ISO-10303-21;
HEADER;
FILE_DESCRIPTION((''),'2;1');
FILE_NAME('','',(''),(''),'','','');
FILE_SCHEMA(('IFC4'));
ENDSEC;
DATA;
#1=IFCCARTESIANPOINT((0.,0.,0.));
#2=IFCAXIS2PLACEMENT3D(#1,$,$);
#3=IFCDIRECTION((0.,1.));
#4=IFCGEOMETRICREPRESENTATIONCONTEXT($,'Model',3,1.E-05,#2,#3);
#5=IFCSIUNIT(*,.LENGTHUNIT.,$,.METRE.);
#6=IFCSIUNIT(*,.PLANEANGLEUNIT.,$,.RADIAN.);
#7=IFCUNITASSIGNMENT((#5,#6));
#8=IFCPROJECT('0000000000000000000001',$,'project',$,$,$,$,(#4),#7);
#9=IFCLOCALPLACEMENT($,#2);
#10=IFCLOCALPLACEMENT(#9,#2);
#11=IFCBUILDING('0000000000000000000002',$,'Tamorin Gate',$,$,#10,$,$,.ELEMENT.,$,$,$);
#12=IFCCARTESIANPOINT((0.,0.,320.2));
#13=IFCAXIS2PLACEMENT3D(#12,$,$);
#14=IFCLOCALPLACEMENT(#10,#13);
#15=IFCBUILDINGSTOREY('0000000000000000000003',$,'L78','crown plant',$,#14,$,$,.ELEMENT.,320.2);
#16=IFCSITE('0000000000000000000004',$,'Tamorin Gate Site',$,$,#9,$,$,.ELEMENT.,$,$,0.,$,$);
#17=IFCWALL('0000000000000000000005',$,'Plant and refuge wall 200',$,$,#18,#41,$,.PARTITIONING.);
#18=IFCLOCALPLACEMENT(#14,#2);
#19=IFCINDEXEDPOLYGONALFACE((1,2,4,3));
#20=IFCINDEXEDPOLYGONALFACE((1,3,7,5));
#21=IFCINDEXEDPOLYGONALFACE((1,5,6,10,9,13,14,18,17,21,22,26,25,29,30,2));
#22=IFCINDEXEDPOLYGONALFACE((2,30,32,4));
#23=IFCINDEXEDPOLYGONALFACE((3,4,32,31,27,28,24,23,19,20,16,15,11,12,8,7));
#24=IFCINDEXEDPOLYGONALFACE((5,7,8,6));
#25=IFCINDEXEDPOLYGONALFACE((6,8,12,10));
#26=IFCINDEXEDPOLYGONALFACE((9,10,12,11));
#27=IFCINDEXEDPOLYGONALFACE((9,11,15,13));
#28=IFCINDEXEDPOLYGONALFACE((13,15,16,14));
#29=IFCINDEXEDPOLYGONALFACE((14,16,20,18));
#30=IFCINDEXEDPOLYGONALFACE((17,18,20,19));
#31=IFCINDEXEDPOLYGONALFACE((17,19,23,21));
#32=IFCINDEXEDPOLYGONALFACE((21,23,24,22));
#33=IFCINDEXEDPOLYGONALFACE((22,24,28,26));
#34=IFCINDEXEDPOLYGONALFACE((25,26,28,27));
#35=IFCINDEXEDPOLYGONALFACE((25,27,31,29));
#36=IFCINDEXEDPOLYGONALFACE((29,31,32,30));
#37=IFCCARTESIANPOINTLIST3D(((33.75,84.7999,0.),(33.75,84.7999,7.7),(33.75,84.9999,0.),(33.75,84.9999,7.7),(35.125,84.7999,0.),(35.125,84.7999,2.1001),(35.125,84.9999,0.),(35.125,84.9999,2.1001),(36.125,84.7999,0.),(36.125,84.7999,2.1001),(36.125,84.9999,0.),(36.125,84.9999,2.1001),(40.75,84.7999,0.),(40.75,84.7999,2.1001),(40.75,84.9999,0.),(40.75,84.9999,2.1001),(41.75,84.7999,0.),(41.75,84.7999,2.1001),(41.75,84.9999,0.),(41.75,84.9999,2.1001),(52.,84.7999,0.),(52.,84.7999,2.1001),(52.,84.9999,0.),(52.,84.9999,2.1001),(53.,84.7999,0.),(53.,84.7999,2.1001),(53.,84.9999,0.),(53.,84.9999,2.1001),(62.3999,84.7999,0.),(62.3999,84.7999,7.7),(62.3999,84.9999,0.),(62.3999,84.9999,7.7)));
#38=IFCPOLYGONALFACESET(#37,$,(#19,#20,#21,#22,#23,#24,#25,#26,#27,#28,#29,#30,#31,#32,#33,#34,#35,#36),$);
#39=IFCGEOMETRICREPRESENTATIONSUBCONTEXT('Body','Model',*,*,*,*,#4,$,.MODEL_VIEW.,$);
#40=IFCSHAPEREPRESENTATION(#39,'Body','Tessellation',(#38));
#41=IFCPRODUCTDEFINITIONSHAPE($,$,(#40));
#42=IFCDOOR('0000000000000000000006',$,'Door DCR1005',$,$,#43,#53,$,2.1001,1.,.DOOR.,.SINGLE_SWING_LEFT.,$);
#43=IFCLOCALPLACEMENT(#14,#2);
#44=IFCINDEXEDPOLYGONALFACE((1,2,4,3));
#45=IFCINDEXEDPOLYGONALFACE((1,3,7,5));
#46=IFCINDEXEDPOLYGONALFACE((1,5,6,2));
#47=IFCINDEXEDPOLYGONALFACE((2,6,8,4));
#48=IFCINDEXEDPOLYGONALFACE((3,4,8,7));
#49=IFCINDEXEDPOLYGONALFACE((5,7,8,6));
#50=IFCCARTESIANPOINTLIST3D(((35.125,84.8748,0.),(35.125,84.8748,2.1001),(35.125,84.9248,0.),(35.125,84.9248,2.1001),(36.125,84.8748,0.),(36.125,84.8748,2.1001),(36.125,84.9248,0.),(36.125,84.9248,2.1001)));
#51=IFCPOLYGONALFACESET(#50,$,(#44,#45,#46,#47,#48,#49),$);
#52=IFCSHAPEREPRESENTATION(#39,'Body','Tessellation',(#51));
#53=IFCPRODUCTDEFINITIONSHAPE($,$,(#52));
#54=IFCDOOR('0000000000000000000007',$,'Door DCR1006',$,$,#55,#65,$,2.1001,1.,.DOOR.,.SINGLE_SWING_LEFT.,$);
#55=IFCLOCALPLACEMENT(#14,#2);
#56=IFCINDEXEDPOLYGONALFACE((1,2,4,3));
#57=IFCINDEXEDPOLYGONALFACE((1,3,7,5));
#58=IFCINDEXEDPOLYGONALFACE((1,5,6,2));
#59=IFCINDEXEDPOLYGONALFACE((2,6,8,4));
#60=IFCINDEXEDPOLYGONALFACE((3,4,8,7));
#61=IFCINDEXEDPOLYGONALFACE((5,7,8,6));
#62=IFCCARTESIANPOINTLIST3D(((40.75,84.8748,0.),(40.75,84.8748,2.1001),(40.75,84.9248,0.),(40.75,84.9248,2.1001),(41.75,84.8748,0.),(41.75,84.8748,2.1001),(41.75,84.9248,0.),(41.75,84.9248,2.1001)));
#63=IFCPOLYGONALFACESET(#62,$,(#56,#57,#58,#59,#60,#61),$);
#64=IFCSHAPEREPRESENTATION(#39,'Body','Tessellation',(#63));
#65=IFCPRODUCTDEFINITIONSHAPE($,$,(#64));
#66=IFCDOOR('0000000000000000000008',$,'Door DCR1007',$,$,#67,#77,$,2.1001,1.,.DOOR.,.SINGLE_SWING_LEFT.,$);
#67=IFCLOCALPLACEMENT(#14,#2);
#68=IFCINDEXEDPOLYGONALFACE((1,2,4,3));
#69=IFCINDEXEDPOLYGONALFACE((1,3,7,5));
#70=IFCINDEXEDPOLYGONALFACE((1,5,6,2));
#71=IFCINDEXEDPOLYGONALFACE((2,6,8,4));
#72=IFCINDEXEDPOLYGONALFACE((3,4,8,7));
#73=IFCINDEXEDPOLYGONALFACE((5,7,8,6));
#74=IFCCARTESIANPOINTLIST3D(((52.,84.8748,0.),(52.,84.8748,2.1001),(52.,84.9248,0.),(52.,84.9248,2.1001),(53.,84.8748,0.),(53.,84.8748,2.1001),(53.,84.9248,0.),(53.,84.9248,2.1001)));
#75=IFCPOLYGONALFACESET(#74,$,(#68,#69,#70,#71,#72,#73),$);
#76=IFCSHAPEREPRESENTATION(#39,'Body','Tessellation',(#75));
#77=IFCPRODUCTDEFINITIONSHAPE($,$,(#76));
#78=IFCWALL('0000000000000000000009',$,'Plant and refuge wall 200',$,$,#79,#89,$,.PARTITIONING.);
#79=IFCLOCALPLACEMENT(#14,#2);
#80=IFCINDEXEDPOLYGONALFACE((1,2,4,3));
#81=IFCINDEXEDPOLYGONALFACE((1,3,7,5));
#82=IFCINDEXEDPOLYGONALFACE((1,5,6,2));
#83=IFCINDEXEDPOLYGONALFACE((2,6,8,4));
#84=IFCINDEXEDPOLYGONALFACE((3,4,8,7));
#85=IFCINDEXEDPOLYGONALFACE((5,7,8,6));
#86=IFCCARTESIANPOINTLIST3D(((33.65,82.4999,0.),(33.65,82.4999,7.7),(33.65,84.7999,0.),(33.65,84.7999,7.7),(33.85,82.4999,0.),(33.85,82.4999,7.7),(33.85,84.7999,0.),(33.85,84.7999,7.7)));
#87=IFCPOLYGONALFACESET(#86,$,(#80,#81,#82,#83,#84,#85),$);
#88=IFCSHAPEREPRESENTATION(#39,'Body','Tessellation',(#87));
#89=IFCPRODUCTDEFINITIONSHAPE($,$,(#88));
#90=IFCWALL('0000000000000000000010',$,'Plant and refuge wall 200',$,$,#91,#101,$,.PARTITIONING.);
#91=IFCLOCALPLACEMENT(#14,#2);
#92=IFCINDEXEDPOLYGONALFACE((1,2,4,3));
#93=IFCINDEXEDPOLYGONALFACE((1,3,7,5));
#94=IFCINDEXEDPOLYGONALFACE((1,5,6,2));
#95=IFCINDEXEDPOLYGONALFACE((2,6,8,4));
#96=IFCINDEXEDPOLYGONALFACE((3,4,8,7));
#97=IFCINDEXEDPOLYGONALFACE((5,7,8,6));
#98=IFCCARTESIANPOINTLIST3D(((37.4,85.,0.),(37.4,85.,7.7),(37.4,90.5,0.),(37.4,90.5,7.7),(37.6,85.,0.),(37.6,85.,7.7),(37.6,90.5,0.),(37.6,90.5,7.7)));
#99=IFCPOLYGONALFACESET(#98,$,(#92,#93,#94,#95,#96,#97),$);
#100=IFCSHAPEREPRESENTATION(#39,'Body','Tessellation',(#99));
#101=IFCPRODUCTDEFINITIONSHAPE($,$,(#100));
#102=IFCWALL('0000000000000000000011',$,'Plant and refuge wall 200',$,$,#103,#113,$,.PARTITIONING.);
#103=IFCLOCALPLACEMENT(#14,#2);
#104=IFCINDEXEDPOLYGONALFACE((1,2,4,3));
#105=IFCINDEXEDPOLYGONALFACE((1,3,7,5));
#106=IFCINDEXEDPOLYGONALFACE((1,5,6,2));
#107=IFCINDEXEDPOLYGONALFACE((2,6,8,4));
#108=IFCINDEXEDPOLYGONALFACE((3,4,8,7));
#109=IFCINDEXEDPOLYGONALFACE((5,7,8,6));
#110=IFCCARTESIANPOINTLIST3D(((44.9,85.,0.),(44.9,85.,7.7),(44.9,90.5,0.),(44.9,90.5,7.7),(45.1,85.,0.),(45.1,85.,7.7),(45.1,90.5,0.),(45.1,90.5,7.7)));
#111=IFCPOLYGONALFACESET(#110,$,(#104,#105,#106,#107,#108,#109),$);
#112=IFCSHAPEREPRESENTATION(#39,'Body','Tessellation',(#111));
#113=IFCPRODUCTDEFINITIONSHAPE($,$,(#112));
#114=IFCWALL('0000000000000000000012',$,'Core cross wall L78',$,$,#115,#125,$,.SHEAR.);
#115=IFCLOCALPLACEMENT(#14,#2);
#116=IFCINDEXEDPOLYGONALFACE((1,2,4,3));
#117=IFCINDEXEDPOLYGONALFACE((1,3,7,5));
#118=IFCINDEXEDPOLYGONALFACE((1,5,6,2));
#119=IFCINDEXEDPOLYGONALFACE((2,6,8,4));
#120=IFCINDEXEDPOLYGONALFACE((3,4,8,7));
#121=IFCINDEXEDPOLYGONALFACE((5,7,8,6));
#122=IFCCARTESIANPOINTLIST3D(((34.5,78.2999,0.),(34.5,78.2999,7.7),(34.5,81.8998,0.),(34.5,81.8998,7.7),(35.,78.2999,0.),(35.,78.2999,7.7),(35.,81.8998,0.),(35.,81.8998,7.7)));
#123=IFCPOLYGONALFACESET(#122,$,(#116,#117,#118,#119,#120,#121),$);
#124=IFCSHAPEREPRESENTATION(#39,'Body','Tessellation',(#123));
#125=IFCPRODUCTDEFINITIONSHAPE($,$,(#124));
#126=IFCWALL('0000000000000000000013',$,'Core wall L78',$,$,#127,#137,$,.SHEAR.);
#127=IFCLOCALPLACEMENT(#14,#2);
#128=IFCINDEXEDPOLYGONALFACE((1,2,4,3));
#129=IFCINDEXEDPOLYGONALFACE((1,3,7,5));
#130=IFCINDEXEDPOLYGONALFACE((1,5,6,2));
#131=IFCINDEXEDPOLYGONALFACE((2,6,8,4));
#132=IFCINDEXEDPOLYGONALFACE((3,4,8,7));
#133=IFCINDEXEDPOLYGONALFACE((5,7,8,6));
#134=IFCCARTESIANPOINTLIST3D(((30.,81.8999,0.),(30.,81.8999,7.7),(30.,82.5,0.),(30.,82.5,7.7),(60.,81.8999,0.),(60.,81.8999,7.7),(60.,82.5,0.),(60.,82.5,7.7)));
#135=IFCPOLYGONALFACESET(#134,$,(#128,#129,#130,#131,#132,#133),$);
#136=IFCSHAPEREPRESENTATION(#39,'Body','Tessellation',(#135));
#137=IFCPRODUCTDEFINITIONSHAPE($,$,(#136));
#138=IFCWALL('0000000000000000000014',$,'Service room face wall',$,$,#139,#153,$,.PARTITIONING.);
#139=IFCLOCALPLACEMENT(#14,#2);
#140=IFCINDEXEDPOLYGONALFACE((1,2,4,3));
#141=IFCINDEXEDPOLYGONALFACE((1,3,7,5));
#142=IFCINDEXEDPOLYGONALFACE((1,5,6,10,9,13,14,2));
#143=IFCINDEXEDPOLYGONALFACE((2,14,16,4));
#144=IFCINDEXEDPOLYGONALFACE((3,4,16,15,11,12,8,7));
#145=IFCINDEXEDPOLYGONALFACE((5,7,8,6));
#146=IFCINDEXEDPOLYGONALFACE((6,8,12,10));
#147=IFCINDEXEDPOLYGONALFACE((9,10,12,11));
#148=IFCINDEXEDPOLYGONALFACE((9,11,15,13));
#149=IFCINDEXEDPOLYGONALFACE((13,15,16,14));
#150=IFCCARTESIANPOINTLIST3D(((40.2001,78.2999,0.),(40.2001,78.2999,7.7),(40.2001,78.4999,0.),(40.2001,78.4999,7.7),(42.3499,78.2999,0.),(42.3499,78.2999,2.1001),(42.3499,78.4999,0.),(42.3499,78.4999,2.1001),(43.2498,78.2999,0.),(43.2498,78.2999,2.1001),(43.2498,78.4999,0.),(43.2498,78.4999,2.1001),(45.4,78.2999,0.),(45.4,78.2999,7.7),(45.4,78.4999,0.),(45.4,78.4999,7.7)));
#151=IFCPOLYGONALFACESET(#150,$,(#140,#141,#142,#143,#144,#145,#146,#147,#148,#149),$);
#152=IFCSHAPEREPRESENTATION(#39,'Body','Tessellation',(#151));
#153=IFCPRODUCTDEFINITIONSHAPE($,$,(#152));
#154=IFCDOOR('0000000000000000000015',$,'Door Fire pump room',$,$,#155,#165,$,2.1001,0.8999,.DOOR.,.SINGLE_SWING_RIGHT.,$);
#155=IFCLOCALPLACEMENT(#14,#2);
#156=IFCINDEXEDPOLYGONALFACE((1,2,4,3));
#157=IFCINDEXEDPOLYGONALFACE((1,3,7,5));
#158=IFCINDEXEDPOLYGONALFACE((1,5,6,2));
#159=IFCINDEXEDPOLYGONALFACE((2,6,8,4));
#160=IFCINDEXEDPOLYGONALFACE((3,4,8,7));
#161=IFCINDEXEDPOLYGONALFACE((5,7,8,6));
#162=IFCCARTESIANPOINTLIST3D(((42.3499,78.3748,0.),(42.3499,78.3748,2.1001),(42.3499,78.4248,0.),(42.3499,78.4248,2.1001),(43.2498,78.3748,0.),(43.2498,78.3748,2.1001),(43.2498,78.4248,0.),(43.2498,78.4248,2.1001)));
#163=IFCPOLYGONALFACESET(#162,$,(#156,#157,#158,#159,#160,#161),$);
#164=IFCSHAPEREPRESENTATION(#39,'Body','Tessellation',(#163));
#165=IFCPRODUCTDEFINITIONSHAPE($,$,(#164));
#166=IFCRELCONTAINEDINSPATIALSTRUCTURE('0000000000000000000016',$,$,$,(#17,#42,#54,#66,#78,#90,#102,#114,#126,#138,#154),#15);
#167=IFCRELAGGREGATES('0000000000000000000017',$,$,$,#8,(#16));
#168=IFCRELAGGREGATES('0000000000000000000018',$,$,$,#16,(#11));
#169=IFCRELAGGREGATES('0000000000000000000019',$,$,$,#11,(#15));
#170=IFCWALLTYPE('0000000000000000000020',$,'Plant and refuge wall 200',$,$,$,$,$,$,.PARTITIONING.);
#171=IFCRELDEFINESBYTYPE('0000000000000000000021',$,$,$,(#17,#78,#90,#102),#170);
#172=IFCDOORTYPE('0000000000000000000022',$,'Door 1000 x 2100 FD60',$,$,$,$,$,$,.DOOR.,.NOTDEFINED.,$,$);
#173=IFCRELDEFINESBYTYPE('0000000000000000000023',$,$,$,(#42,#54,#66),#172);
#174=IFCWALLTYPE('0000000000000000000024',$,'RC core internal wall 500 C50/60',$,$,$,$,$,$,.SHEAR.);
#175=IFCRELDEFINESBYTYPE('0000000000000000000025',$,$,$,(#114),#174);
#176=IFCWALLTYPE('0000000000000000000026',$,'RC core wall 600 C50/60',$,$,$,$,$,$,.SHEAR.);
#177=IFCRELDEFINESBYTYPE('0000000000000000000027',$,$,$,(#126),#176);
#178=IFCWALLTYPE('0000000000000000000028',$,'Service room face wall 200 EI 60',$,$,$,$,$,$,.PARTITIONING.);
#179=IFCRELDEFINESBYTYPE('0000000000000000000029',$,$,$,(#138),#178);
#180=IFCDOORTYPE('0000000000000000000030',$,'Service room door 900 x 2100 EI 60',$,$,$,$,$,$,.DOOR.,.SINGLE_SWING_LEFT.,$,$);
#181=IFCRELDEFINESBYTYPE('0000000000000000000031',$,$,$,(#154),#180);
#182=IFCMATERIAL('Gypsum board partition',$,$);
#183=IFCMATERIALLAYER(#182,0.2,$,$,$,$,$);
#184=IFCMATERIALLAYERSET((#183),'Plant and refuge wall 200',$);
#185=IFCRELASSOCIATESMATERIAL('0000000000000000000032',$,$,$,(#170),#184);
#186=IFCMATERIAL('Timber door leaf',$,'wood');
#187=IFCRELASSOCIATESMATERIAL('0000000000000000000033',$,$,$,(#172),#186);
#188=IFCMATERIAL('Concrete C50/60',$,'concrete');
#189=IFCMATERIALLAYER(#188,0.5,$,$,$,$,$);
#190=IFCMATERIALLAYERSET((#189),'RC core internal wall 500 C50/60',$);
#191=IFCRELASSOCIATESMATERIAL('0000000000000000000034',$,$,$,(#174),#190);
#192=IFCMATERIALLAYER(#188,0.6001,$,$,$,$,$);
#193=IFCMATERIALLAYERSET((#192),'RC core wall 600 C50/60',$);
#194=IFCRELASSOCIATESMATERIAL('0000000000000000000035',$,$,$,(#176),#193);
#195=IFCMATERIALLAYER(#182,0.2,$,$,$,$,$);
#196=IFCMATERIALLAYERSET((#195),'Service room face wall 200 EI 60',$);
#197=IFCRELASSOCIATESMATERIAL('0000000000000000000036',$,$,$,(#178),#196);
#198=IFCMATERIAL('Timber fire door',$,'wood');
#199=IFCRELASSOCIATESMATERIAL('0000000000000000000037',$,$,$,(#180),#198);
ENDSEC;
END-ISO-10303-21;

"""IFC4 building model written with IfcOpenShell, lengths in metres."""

from ifc_helpers import new_model, si_unit, direction, frame, frame_2d, origin, place, context, subcontext, project, spatial, rectangle, extrude, material, layer, layer_set, type_object, element, fill, save


model = new_model("IFC4")

# Units and contexts
model_context = context("Model", 3, precision=1e-05, world=origin(), true_north=direction((0.0, 1.0)))
body_context = subcontext(model_context, "Body", "Model", "MODEL_VIEW")
ifc_project = project(units=[si_unit("LENGTHUNIT", "METRE"), si_unit("PLANEANGLEUNIT", "RADIAN")], contexts=[model_context])

# Site, building, storey
site_placement = place(None, origin())
site = spatial("IfcSite", under=ifc_project, at=site_placement, Name="Tamorin Gate Site", CompositionType="ELEMENT", RefElevation=0.0)
building_placement = place(site_placement, origin())
building = spatial("IfcBuilding", under=site, at=building_placement, Name="Tamorin Gate", CompositionType="ELEMENT")
storey_placement = place(building_placement, frame((0.0, 0.0, 320.2)))
storey = spatial("IfcBuildingStorey", under=building, at=storey_placement, Name="L78", Description="crown plant", CompositionType="ELEMENT", Elevation=320.2)

# Shared definitions
ifc_material_1 = material(Name="Concrete C50/60", Category="concrete")

# Wall, openings, doors
ifc_material_2 = material(Name="Gypsum board partition")
ifc_layer_1 = layer(ifc_material_2, 0.2)
ifc_layer_set_1 = layer_set([ifc_layer_1], Name="Plant and refuge wall 200")
wall_type_1 = type_object("IfcWallType", Name="Plant and refuge wall 200", PredefinedType="PARTITIONING", material=ifc_layer_set_1)
wall_1_placement = place(storey_placement, frame((33.75, 84.8999, 0.0), z_axis=(0.0, 0.0, 1.0), x_axis=(1.0, 0.0, 0.0)))
wall_1 = element("IfcWall", 1, at=wall_1_placement, inside=storey, type_object=wall_type_1, Name="Plant and refuge wall 200", PredefinedType="PARTITIONING", context=body_context, shape_type="SweptSolid", body=[
    extrude(rectangle(XDim=28.6499, YDim=0.2, at=frame_2d((14.325, 0.0))), origin(), (0.0, 0.0, 1.0), 7.7),
])
opening_1_placement = place(wall_1_placement, frame((1.375, 0.0, 0.0)))
opening_1 = element("IfcOpeningElement", 2, at=opening_1_placement, cuts=wall_1, PredefinedType="OPENING", context=body_context, shape_type="SweptSolid", body=[
    extrude(rectangle(XDim=1.0, YDim=2.1001, at=frame_2d((0.5, 1.05))), frame((0.0, 0.1099, 0.0), z_axis=(0.0, -1.0, 0.0), x_axis=(1.0, 0.0, 0.0)), (0.0, 0.0, 1.0), 0.22),
])
opening_2_placement = place(wall_1_placement, frame((7.0, 0.0, 0.0)))
opening_2 = element("IfcOpeningElement", 3, at=opening_2_placement, cuts=wall_1, PredefinedType="OPENING", context=body_context, shape_type="SweptSolid", body=[
    extrude(rectangle(XDim=1.0, YDim=2.1001, at=frame_2d((0.5, 1.05))), frame((0.0, 0.1099, 0.0), z_axis=(0.0, -1.0, 0.0), x_axis=(1.0, 0.0, 0.0)), (0.0, 0.0, 1.0), 0.22),
])
opening_3_placement = place(wall_1_placement, frame((18.25, 0.0, 0.0)))
opening_3 = element("IfcOpeningElement", 4, at=opening_3_placement, cuts=wall_1, PredefinedType="OPENING", context=body_context, shape_type="SweptSolid", body=[
    extrude(rectangle(XDim=1.0, YDim=2.1001, at=frame_2d((0.5, 1.05))), frame((0.0, 0.1099, 0.0), z_axis=(0.0, -1.0, 0.0), x_axis=(1.0, 0.0, 0.0)), (0.0, 0.0, 1.0), 0.22),
])
ifc_material_3 = material(Name="Timber door leaf", Category="wood")
door_type_1 = type_object("IfcDoorType", Name="Door 1000 x 2100 FD60", OperationType="NOTDEFINED", PredefinedType="DOOR", material=ifc_material_3)
door_1_placement = place(opening_1_placement, origin())
door_1 = element("IfcDoor", 5, at=door_1_placement, inside=storey, type_object=door_type_1, Name="Door DCR1005", OperationType="SINGLE_SWING_LEFT", OverallHeight=2.1001, OverallWidth=1.0, PredefinedType="DOOR", context=body_context, shape_type="SweptSolid", body=[
    extrude(rectangle(XDim=1.0, YDim=2.1001, at=frame_2d((0.5, 1.05))), frame((0.0, 0.0249, 0.0), z_axis=(0.0, -1.0, 0.0), x_axis=(1.0, 0.0, 0.0)), (0.0, 0.0, 1.0), 0.05),
])
fill(opening_1, door_1)
door_2_placement = place(opening_2_placement, origin())
door_2 = element("IfcDoor", 6, at=door_2_placement, inside=storey, type_object=door_type_1, Name="Door DCR1006", OperationType="SINGLE_SWING_LEFT", OverallHeight=2.1001, OverallWidth=1.0, PredefinedType="DOOR", context=body_context, shape_type="SweptSolid", body=[
    extrude(rectangle(XDim=1.0, YDim=2.1001, at=frame_2d((0.5, 1.05))), frame((0.0, 0.0249, 0.0), z_axis=(0.0, -1.0, 0.0), x_axis=(1.0, 0.0, 0.0)), (0.0, 0.0, 1.0), 0.05),
])
fill(opening_2, door_2)
door_3_placement = place(opening_3_placement, origin())
door_3 = element("IfcDoor", 7, at=door_3_placement, inside=storey, type_object=door_type_1, Name="Door DCR1007", OperationType="SINGLE_SWING_LEFT", OverallHeight=2.1001, OverallWidth=1.0, PredefinedType="DOOR", context=body_context, shape_type="SweptSolid", body=[
    extrude(rectangle(XDim=1.0, YDim=2.1001, at=frame_2d((0.5, 1.05))), frame((0.0, 0.0249, 0.0), z_axis=(0.0, -1.0, 0.0), x_axis=(1.0, 0.0, 0.0)), (0.0, 0.0, 1.0), 0.05),
])
fill(opening_3, door_3)

# Walls
wall_2_placement = place(storey_placement, frame((33.75, 82.5, 0.0), z_axis=(0.0, 0.0, 1.0), x_axis=(0.0, 1.0, 0.0)))
element("IfcWall", 8, at=wall_2_placement, inside=storey, type_object=wall_type_1, Name="Plant and refuge wall 200", PredefinedType="PARTITIONING", context=body_context, shape_type="SweptSolid", body=[
    extrude(rectangle(XDim=2.3, YDim=0.2, at=frame_2d((1.1499, 0.0))), origin(), (0.0, 0.0, 1.0), 7.7),
])
for number, where, z_axis, x_axis, name in (
    (9, (37.5, 85.0, 0.0), (0.0, 0.0, 1.0), (0.0, 1.0, 0.0), "Plant and refuge wall 200"),
    (10, (45.0, 85.0, 0.0), (0.0, 0.0, 1.0), (0.0, 1.0, 0.0), "Plant and refuge wall 200"),
):
    element("IfcWall", number, at=place(storey_placement, frame(where, z_axis=z_axis, x_axis=x_axis)), inside=storey, type_object=wall_type_1, Name=name, PredefinedType="PARTITIONING", context=body_context, shape_type="SweptSolid", body=[
        extrude(rectangle(XDim=5.5, YDim=0.2, at=frame_2d((2.75, 0.0))), origin(), (0.0, 0.0, 1.0), 7.7),
    ])
ifc_layer_2 = layer(ifc_material_1, 0.5)
ifc_layer_set_2 = layer_set([ifc_layer_2], Name="RC core internal wall 500 C50/60")
wall_type_2 = type_object("IfcWallType", Name="RC core internal wall 500 C50/60", PredefinedType="SHEAR", material=ifc_layer_set_2)
wall_3_placement = place(storey_placement, frame((34.75, 78.3, 0.0), z_axis=(0.0, 0.0, 1.0), x_axis=(0.0, 1.0, 0.0)))
element("IfcWall", 11, at=wall_3_placement, inside=storey, type_object=wall_type_2, Name="Core cross wall L78", PredefinedType="SHEAR", context=body_context, shape_type="SweptSolid", body=[
    extrude(rectangle(XDim=3.5999, YDim=0.5, at=frame_2d((1.7998, 0.0))), origin(), (0.0, 0.0, 1.0), 7.7),
])
ifc_layer_3 = layer(ifc_material_1, 0.6001)
ifc_layer_set_3 = layer_set([ifc_layer_3], Name="RC core wall 600 C50/60")
wall_type_3 = type_object("IfcWallType", Name="RC core wall 600 C50/60", PredefinedType="SHEAR", material=ifc_layer_set_3)
wall_4_placement = place(storey_placement, frame((30.0, 82.2, 0.0), z_axis=(0.0, 0.0, 1.0), x_axis=(1.0, 0.0, 0.0)))
element("IfcWall", 12, at=wall_4_placement, inside=storey, type_object=wall_type_3, Name="Core wall L78", PredefinedType="SHEAR", context=body_context, shape_type="SweptSolid", body=[
    extrude(rectangle(XDim=30.0, YDim=0.6001, at=frame_2d((15.0, 0.0))), origin(), (0.0, 0.0, 1.0), 7.7),
])

# Wall, opening, door
ifc_layer_4 = layer(ifc_material_2, 0.2)
ifc_layer_set_4 = layer_set([ifc_layer_4], Name="Service room face wall 200 EI 60")
wall_type_4 = type_object("IfcWallType", Name="Service room face wall 200 EI 60", PredefinedType="PARTITIONING", material=ifc_layer_set_4)
wall_5_placement = place(storey_placement, frame((40.2, 78.3999, 0.0), z_axis=(0.0, 0.0, 1.0), x_axis=(1.0, 0.0, 0.0)))
wall_5 = element("IfcWall", 13, at=wall_5_placement, inside=storey, type_object=wall_type_4, Name="Service room face wall", PredefinedType="PARTITIONING", context=body_context, shape_type="SweptSolid", body=[
    extrude(rectangle(XDim=5.2, YDim=0.2, at=frame_2d((2.6001, 0.0))), origin(), (0.0, 0.0, 1.0), 7.7),
])
opening_4_placement = place(wall_5_placement, frame((2.1499, 0.0, 0.0)))
opening_4 = element("IfcOpeningElement", 14, at=opening_4_placement, cuts=wall_5, PredefinedType="OPENING", context=body_context, shape_type="SweptSolid", body=[
    extrude(rectangle(XDim=0.8999, YDim=2.1001, at=frame_2d((0.45, 1.05))), frame((0.0, 0.1099, 0.0), z_axis=(0.0, -1.0, 0.0), x_axis=(1.0, 0.0, 0.0)), (0.0, 0.0, 1.0), 0.22),
])
ifc_material_4 = material(Name="Timber fire door", Category="wood")
door_type_2 = type_object("IfcDoorType", Name="Service room door 900 x 2100 EI 60", OperationType="SINGLE_SWING_LEFT", PredefinedType="DOOR", material=ifc_material_4)
door_4_placement = place(opening_4_placement, origin())
door_4 = element("IfcDoor", 15, at=door_4_placement, inside=storey, type_object=door_type_2, Name="Door Fire pump room", OperationType="SINGLE_SWING_RIGHT", OverallHeight=2.1001, OverallWidth=0.8999, PredefinedType="DOOR", context=body_context, shape_type="SweptSolid", body=[
    extrude(rectangle(XDim=0.8999, YDim=2.1001, at=frame_2d((0.45, 1.05))), frame((0.0, 0.0249, 0.0), z_axis=(0.0, -1.0, 0.0), x_axis=(1.0, 0.0, 0.0)), (0.0, 0.0, 1.0), 0.05),
])
fill(opening_4, door_4)

save(model, "model.ifc")
